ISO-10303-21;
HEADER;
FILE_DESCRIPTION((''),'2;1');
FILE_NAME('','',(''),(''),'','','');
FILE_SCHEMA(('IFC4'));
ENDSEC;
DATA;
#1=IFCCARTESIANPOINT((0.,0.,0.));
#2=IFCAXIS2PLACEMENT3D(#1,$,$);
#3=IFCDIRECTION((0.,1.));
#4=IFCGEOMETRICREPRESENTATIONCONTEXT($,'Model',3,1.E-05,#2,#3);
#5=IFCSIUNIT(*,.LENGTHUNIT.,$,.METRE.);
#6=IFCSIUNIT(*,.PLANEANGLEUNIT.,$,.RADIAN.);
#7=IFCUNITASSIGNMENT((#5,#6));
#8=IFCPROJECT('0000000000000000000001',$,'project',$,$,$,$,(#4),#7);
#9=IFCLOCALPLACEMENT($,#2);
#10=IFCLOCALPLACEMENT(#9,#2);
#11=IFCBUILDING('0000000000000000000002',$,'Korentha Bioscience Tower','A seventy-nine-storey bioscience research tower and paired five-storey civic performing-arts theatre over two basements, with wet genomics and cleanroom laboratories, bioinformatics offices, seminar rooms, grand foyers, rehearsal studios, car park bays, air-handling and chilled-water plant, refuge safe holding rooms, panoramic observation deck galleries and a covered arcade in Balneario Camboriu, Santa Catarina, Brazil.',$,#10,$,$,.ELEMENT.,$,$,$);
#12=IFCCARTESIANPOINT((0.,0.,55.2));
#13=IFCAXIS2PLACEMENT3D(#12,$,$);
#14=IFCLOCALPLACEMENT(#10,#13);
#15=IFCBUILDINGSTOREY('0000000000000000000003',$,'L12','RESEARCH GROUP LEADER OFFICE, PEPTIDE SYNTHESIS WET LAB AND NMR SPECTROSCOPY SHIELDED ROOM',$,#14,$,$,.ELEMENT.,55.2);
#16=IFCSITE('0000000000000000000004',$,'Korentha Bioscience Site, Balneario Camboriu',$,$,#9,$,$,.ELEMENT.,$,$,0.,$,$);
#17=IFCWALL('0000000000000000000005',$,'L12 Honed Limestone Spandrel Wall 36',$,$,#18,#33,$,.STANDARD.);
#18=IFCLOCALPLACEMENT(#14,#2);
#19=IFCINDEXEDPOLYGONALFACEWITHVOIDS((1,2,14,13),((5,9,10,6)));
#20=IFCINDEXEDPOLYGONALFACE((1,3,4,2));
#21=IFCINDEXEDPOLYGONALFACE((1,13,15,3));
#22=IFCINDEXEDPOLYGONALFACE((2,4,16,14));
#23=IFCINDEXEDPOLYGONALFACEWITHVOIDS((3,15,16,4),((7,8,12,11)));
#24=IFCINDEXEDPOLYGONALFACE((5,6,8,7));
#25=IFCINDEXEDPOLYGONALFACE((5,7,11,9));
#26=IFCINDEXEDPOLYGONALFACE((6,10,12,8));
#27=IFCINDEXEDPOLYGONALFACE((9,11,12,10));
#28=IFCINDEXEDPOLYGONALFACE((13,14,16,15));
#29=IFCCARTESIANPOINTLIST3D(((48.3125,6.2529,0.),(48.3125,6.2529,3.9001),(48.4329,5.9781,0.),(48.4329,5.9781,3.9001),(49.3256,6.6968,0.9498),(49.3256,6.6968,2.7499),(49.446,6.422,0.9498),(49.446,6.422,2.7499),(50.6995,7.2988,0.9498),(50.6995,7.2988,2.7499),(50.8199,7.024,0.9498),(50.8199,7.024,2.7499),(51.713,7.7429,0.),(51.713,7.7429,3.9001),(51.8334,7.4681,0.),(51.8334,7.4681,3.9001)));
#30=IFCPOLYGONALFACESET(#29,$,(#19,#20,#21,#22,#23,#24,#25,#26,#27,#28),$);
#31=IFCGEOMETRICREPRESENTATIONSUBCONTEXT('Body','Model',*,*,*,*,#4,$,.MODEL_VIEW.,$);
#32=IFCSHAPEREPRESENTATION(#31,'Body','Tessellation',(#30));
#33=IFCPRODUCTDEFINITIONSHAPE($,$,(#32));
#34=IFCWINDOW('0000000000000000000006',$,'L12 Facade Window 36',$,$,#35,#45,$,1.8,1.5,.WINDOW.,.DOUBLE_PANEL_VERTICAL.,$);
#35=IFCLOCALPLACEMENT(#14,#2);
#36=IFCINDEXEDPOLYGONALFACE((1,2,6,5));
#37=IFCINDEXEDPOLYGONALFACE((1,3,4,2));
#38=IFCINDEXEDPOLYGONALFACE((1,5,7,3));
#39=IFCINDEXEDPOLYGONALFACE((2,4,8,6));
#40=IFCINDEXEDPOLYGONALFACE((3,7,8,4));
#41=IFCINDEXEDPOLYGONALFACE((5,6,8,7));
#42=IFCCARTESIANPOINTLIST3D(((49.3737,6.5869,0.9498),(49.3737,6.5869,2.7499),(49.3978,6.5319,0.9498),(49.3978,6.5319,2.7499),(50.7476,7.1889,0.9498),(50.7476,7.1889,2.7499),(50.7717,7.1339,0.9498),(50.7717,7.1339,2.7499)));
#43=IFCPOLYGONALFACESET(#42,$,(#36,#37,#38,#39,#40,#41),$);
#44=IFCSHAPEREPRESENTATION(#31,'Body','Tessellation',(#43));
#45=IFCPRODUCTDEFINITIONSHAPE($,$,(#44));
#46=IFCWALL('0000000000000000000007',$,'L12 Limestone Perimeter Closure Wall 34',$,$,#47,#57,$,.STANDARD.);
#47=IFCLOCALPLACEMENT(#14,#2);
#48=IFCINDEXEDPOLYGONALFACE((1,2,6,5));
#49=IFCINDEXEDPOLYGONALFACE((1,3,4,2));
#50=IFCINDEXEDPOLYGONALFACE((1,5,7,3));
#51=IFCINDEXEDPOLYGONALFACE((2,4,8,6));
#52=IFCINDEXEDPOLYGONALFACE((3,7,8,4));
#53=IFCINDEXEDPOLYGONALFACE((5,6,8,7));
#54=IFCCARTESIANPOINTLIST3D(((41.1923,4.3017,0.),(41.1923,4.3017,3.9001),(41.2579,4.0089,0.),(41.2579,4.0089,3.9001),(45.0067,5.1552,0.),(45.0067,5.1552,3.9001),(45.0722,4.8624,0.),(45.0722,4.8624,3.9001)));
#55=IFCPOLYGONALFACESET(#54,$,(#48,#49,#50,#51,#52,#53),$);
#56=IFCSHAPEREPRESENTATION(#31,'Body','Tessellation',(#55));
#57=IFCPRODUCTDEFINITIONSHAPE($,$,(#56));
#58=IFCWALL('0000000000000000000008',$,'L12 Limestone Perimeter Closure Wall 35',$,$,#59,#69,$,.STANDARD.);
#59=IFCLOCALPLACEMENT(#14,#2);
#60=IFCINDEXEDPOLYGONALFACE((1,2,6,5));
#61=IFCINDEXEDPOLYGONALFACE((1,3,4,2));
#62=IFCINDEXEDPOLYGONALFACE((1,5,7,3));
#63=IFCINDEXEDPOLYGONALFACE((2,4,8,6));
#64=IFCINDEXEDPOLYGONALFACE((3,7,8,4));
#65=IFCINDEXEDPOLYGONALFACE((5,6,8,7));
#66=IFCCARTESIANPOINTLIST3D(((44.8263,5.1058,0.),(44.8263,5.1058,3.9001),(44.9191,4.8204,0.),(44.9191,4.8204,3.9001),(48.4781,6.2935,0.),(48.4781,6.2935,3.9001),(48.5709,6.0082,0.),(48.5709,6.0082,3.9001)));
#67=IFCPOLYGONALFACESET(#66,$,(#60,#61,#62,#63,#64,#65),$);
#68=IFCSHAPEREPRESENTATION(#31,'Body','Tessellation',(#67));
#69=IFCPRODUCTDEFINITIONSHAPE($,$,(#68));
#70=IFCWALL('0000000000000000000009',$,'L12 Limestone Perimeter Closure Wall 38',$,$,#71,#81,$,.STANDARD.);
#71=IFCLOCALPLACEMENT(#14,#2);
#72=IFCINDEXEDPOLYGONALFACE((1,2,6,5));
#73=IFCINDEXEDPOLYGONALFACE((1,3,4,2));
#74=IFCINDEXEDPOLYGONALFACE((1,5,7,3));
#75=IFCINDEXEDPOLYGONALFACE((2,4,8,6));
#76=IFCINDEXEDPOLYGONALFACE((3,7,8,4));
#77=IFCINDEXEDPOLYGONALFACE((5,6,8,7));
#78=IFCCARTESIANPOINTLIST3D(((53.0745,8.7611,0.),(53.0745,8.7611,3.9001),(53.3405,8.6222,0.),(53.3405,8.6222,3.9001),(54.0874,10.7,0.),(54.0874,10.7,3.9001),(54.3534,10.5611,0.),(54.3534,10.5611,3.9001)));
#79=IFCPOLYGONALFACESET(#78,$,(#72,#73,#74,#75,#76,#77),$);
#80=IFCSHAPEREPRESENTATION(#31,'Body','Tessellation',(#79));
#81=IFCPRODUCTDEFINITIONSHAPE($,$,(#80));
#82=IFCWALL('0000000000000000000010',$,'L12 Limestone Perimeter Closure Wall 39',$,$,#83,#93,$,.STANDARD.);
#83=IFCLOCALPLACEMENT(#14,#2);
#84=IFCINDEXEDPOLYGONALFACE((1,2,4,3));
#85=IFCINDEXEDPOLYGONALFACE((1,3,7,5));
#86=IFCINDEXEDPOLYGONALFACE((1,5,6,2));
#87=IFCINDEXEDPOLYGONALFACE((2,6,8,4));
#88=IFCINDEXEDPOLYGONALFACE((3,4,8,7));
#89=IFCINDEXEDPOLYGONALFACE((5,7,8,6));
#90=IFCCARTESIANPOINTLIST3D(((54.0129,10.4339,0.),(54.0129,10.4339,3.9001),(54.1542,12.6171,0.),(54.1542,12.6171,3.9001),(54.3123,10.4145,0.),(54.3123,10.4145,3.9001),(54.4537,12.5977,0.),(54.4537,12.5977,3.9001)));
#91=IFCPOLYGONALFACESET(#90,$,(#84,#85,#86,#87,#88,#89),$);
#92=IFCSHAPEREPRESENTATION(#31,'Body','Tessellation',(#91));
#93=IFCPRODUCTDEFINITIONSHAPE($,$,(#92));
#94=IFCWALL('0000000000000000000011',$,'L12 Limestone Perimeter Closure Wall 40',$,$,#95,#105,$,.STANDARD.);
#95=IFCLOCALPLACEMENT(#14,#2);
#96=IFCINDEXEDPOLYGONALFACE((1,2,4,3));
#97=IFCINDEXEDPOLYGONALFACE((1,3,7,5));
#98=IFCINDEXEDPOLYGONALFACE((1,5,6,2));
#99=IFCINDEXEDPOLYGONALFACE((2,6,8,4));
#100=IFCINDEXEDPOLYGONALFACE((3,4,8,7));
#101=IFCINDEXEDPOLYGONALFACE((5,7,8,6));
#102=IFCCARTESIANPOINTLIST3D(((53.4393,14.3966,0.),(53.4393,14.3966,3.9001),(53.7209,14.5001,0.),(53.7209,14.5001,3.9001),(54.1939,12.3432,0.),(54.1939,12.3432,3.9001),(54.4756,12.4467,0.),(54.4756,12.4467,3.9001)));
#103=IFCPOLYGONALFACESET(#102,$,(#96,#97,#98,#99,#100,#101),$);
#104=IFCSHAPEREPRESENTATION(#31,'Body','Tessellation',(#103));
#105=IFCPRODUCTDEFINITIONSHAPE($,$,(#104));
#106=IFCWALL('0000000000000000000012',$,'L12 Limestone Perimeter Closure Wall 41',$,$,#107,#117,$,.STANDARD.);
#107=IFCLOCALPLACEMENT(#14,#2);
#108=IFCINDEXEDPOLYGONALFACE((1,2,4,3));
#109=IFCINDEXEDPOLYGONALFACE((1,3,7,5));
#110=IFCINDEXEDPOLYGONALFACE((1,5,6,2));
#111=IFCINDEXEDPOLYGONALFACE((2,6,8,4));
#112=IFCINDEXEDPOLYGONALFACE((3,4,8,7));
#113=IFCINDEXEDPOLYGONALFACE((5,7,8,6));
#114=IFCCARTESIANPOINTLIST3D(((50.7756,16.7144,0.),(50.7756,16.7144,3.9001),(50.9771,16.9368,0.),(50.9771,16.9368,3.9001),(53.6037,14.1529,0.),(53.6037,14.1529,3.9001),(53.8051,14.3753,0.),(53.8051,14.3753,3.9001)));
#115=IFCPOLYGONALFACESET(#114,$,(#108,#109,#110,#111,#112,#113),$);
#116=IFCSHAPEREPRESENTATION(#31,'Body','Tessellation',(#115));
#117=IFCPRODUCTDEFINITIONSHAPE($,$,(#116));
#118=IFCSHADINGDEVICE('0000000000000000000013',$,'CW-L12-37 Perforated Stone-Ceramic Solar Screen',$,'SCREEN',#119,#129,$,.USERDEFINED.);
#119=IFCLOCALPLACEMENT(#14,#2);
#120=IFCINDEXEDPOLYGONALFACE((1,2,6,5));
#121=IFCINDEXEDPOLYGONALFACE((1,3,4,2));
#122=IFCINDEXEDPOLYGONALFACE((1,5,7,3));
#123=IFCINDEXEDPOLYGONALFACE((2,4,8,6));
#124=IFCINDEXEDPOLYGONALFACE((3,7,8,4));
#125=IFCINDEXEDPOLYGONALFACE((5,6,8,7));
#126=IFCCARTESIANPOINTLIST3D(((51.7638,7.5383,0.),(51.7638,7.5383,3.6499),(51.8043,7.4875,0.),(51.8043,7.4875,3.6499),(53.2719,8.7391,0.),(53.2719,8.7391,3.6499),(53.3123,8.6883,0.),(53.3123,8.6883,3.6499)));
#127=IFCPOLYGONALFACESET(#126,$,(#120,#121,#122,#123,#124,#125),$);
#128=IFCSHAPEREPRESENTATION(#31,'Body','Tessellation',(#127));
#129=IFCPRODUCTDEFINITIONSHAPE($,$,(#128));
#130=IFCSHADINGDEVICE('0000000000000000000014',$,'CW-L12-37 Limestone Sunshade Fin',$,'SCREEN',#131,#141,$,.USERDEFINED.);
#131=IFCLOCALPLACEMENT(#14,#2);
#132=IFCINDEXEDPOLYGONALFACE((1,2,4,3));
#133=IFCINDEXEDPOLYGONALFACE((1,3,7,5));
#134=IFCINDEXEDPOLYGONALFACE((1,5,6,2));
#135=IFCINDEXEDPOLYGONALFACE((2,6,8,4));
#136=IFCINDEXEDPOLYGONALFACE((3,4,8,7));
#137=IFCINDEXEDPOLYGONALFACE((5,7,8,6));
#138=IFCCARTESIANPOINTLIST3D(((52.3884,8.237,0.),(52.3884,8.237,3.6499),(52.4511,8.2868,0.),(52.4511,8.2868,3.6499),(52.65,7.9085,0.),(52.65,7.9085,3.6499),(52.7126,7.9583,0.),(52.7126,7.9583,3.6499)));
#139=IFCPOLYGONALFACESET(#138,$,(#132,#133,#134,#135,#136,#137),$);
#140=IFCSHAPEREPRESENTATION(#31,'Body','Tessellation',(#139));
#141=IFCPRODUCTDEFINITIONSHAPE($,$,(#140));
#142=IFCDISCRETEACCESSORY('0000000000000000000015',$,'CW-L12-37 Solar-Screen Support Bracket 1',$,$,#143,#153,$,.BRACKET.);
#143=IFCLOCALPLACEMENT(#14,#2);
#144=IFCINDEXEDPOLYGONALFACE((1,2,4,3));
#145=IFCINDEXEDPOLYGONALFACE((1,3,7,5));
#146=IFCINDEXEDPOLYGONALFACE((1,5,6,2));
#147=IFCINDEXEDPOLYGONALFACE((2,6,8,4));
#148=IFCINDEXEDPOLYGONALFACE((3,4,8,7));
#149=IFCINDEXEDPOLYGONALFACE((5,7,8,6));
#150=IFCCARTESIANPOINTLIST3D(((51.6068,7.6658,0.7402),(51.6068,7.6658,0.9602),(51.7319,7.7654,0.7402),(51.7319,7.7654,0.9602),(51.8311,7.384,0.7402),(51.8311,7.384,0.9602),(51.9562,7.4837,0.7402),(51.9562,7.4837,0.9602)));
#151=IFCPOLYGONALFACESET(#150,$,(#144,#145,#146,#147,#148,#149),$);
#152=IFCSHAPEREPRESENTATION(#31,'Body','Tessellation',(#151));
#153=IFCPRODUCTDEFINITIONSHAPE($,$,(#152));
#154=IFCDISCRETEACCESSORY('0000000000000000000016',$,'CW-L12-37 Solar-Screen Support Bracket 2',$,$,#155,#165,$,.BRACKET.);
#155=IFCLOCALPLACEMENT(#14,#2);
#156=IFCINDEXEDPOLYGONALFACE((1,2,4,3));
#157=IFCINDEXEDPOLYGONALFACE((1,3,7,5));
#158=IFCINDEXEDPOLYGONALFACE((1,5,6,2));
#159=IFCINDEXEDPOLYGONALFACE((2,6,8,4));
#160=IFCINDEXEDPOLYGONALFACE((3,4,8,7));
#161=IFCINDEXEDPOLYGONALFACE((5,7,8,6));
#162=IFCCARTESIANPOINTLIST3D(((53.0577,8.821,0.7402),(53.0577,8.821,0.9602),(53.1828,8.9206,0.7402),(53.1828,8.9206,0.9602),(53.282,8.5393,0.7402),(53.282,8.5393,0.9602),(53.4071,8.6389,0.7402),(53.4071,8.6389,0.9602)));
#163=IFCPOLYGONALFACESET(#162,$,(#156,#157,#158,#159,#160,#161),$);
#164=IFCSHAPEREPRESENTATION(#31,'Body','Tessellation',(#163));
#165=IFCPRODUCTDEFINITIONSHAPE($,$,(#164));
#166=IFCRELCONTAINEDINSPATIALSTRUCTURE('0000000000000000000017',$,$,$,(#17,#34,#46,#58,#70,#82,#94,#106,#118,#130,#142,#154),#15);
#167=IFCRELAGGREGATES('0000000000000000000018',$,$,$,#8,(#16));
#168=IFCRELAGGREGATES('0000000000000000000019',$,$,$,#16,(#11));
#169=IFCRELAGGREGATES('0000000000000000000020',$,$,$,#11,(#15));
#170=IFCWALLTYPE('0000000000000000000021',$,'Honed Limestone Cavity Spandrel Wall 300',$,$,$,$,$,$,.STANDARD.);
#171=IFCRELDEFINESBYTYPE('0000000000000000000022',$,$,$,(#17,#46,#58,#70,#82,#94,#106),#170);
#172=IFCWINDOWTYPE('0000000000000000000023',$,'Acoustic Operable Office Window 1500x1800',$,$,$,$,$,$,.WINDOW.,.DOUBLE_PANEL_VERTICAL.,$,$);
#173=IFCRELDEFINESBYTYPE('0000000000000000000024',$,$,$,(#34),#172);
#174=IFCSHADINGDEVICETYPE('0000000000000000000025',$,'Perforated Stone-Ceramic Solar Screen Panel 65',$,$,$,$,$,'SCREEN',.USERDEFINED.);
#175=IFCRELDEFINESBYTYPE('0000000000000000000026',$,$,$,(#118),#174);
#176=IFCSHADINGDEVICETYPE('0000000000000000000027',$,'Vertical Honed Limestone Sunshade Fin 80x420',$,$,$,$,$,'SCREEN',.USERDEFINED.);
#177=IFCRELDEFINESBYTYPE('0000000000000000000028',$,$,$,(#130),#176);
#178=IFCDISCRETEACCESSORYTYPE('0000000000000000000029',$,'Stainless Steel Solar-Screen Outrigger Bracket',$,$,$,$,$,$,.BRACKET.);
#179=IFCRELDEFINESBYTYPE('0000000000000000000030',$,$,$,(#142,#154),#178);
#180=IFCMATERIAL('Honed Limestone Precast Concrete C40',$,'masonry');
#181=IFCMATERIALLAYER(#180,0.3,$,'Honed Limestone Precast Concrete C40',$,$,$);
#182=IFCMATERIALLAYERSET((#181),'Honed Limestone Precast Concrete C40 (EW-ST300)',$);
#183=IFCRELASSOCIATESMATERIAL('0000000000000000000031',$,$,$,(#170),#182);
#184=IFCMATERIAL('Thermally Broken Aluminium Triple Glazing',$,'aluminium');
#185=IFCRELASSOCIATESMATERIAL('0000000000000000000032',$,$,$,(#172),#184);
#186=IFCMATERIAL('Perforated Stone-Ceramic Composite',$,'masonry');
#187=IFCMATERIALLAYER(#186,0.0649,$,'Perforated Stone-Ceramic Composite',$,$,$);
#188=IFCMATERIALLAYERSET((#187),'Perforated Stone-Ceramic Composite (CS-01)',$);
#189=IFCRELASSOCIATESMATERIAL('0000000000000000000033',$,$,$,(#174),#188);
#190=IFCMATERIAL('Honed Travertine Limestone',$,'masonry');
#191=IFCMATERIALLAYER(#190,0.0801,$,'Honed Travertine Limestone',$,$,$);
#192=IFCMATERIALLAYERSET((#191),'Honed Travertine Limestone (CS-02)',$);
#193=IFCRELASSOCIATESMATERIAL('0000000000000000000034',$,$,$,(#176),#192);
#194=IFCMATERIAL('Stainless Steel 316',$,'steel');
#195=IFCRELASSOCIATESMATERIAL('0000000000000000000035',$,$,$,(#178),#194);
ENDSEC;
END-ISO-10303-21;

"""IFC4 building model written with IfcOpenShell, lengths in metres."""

from ifc_helpers import new_model, si_unit, direction, frame, frame_2d, origin, origin_2d, place, context, subcontext, project, spatial, rectangle, extrude, material, layer, layer_set, type_object, element, fill, save


model = new_model("IFC4")

# Units and contexts
model_context = context("Model", 3, precision=1e-05, world=origin(), true_north=direction((0.0, 1.0)))
body_context = subcontext(model_context, "Body", "Model", "MODEL_VIEW")
ifc_project = project(units=[si_unit("LENGTHUNIT", "METRE"), si_unit("PLANEANGLEUNIT", "RADIAN")], contexts=[model_context])

# Site, building, storey
site_placement = place(None, origin())
site = spatial("IfcSite", under=ifc_project, at=site_placement, Name="Korentha Bioscience Site, Balneario Camboriu", CompositionType="ELEMENT", RefElevation=0.0)
building_placement = place(site_placement, origin())
building = spatial("IfcBuilding", under=site, at=building_placement, Name="Korentha Bioscience Tower", Description="A seventy-nine-storey bioscience research tower and paired five-storey civic performing-arts theatre over two basements, with wet genomics and cleanroom laboratories, bioinformatics offices, seminar rooms, grand foyers, rehearsal studios, car park bays, air-handling and chilled-water plant, refuge safe holding rooms, panoramic observation deck galleries and a covered arcade in Balneario Camboriu, Santa Catarina, Brazil.", CompositionType="ELEMENT")
storey_placement = place(building_placement, frame((0.0, 0.0, 55.2)))
storey = spatial("IfcBuildingStorey", under=building, at=storey_placement, Name="L12", Description="RESEARCH GROUP LEADER OFFICE, PEPTIDE SYNTHESIS WET LAB AND NMR SPECTROSCOPY SHIELDED ROOM", CompositionType="ELEMENT", Elevation=55.2)

# Wall, opening, window
ifc_material_1 = material(Name="Honed Limestone Precast Concrete C40", Category="masonry")
ifc_layer_1 = layer(ifc_material_1, 0.3, Name="Honed Limestone Precast Concrete C40")
ifc_layer_set_1 = layer_set([ifc_layer_1], Name="Honed Limestone Precast Concrete C40 (EW-ST300)")
wall_type_1 = type_object("IfcWallType", Name="Honed Limestone Cavity Spandrel Wall 300", PredefinedType="STANDARD", material=ifc_layer_set_1)
wall_1_placement = place(storey_placement, frame((48.3726, 6.1155, 0.0), z_axis=(0.0, 0.0, 1.0), x_axis=(0.915938, 0.401319, 0.0)))
wall_1 = element("IfcWall", 1, at=wall_1_placement, inside=storey, type_object=wall_type_1, Name="L12 Honed Limestone Spandrel Wall 36", PredefinedType="STANDARD", context=body_context, shape_type="SweptSolid", body=[
    extrude(rectangle(XDim=3.7126, YDim=0.3, at=frame_2d((1.8564, 0.0))), origin(), (0.0, 0.0, 1.0), 3.9001),
])
opening_1_placement = place(wall_1_placement, frame((1.1062, 0.0, 0.95)))
opening_1 = element("IfcOpeningElement", 2, at=opening_1_placement, cuts=wall_1, PredefinedType="OPENING", context=body_context, shape_type="SweptSolid", body=[
    extrude(rectangle(XDim=1.5, YDim=1.8, at=frame_2d((0.75, 0.8999))), frame((0.0, 0.165, 0.0), z_axis=(0.0, -1.0, 0.0), x_axis=(1.0, 0.0, 0.0)), (0.0, 0.0, 1.0), 0.3298),
])
ifc_material_2 = material(Name="Thermally Broken Aluminium Triple Glazing", Category="aluminium")
window_type = type_object("IfcWindowType", Name="Acoustic Operable Office Window 1500x1800", PartitioningType="DOUBLE_PANEL_VERTICAL", PredefinedType="WINDOW", material=ifc_material_2)
window_placement = place(opening_1_placement, origin())
window = element("IfcWindow", 3, at=window_placement, inside=storey, type_object=window_type, Name="L12 Facade Window 36", OverallHeight=1.8, OverallWidth=1.5, PartitioningType="DOUBLE_PANEL_VERTICAL", PredefinedType="WINDOW", context=body_context, shape_type="SweptSolid", body=[
    extrude(rectangle(XDim=1.5, YDim=1.8, at=frame_2d((0.75, 0.8999))), frame((0.0, 0.03, 0.0), z_axis=(0.0, -1.0, 0.0), x_axis=(1.0, 0.0, 0.0)), (0.0, 0.0, 1.0), 0.0601),
])
fill(opening_1, window)

# Walls
wall_2_placement = place(storey_placement, frame((41.2251, 4.1553, 0.0), z_axis=(0.0, 0.0, 1.0), x_axis=(0.975869, 0.218359, 0.0)))
element("IfcWall", 4, at=wall_2_placement, inside=storey, type_object=wall_type_1, Name="L12 Limestone Perimeter Closure Wall 34", PredefinedType="STANDARD", context=body_context, shape_type="SweptSolid", body=[
    extrude(rectangle(XDim=3.9087, YDim=0.3, at=frame_2d((1.9543, 0.0))), origin(), (0.0, 0.0, 1.0), 3.9001),
])
wall_3_placement = place(storey_placement, frame((44.8728, 4.9631, 0.0), z_axis=(0.0, 0.0, 1.0), x_axis=(0.950966, 0.309296, 0.0)))
element("IfcWall", 5, at=wall_3_placement, inside=storey, type_object=wall_type_1, Name="L12 Limestone Perimeter Closure Wall 35", PredefinedType="STANDARD", context=body_context, shape_type="SweptSolid", body=[
    extrude(rectangle(XDim=3.8401, YDim=0.3, at=frame_2d((1.9199, 0.0))), origin(), (0.0, 0.0, 1.0), 3.9001),
])
wall_4_placement = place(storey_placement, frame((53.2075, 8.6917, 0.0), z_axis=(0.0, 0.0, 1.0), x_axis=(0.463035, 0.88634, 0.0)))
element("IfcWall", 6, at=wall_4_placement, inside=storey, type_object=wall_type_1, Name="L12 Limestone Perimeter Closure Wall 38", PredefinedType="STANDARD", context=body_context, shape_type="SweptSolid", body=[
    extrude(rectangle(XDim=2.1875, YDim=0.3, at=frame_2d((1.0938, 0.0))), origin(), (0.0, 0.0, 1.0), 3.9001),
])
for number, where, z_axis, x_axis, name in (
    (7, (54.1626, 10.4243, 0.0), (0.0, 0.0, 1.0), (0.064615, 0.99791, 0.0), "L12 Limestone Perimeter Closure Wall 39"),
    (8, (54.3347, 12.395, 0.0), (0.0, 0.0, 1.0), (-0.34494, 0.938625, 0.0), "L12 Limestone Perimeter Closure Wall 40"),
):
    element("IfcWall", number, at=place(storey_placement, frame(where, z_axis=z_axis, x_axis=x_axis)), inside=storey, type_object=wall_type_1, Name=name, PredefinedType="STANDARD", context=body_context, shape_type="SweptSolid", body=[
        extrude(rectangle(XDim=2.1877, YDim=0.3, at=frame_2d((1.0938, 0.0))), origin(), (0.0, 0.0, 1.0), 3.9001),
    ])
wall_5_placement = place(storey_placement, frame((53.7043, 14.2642, 0.0), z_axis=(0.0, 0.0, 1.0), x_axis=(-0.741178, 0.671309, 0.0)))
element("IfcWall", 9, at=wall_5_placement, inside=storey, type_object=wall_type_1, Name="L12 Limestone Perimeter Closure Wall 41", PredefinedType="STANDARD", context=body_context, shape_type="SweptSolid", body=[
    extrude(rectangle(XDim=3.8157, YDim=0.3, at=frame_2d((1.9077, 0.0))), origin(), (0.0, 0.0, 1.0), 3.9001),
])

# Shading devices
ifc_material_3 = material(Name="Perforated Stone-Ceramic Composite", Category="masonry")
ifc_layer_2 = layer(ifc_material_3, 0.0649, Name="Perforated Stone-Ceramic Composite")
ifc_layer_set_2 = layer_set([ifc_layer_2], Name="Perforated Stone-Ceramic Composite (CS-01)")
shading_device_type_1 = type_object("IfcShadingDeviceType", Name="Perforated Stone-Ceramic Solar Screen Panel 65", ElementType="SCREEN", PredefinedType="USERDEFINED", material=ifc_layer_set_2)
shading_device_1_placement = place(storey_placement, frame((52.5381, 8.1133, 0.0), z_axis=(0.0, 0.0, 1.0), x_axis=(0.782288, 0.622917, 0.0)))
element("IfcShadingDevice", 10, at=shading_device_1_placement, inside=storey, type_object=shading_device_type_1, Name="CW-L12-37 Perforated Stone-Ceramic Solar Screen", ObjectType="SCREEN", PredefinedType="USERDEFINED", context=body_context, shape_type="SweptSolid", body=[
    extrude(rectangle(XDim=1.9277, YDim=0.0649, at=origin_2d()), origin(), (0.0, 0.0, 1.0), 3.6499),
])
ifc_material_4 = material(Name="Honed Travertine Limestone", Category="masonry")
ifc_layer_3 = layer(ifc_material_4, 0.0801, Name="Honed Travertine Limestone")
ifc_layer_set_3 = layer_set([ifc_layer_3], Name="Honed Travertine Limestone (CS-02)")
shading_device_type_2 = type_object("IfcShadingDeviceType", Name="Vertical Honed Limestone Sunshade Fin 80x420", ElementType="SCREEN", PredefinedType="USERDEFINED", material=ifc_layer_set_3)
shading_device_2_placement = place(storey_placement, frame((52.5505, 8.0977, 0.0), z_axis=(0.0, 0.0, 1.0), x_axis=(0.782288, 0.622917, 0.0)))
element("IfcShadingDevice", 11, at=shading_device_2_placement, inside=storey, type_object=shading_device_type_2, Name="CW-L12-37 Limestone Sunshade Fin", ObjectType="SCREEN", PredefinedType="USERDEFINED", context=body_context, shape_type="SweptSolid", body=[
    extrude(rectangle(XDim=0.0801, YDim=0.4199, at=origin_2d()), origin(), (0.0, 0.0, 1.0), 3.6499),
])

# Discrete accessories
ifc_material_5 = material(Name="Stainless Steel 316", Category="steel")
discrete_accessory_type = type_object("IfcDiscreteAccessoryType", Name="Stainless Steel Solar-Screen Outrigger Bracket", PredefinedType="BRACKET", material=ifc_material_5)
for number, where, z_axis, x_axis, name in (
    (12, (51.7815, 7.5747, 0.7402), (0.0, 0.0, 1.0), (0.782288, 0.622917, 0.0), "CW-L12-37 Solar-Screen Support Bracket 1"),
    (13, (53.2324, 8.73, 0.7402), (0.0, 0.0, 1.0), (0.782288, 0.622917, 0.0), "CW-L12-37 Solar-Screen Support Bracket 2"),
):
    element("IfcDiscreteAccessory", number, at=place(storey_placement, frame(where, z_axis=z_axis, x_axis=x_axis)), inside=storey, type_object=discrete_accessory_type, Name=name, PredefinedType="BRACKET", context=body_context, shape_type="SweptSolid", body=[
        extrude(rectangle(XDim=0.1599, YDim=0.3601, at=origin_2d()), origin(), (0.0, 0.0, 1.0), 0.22),
    ])

save(model, "model.ifc")
